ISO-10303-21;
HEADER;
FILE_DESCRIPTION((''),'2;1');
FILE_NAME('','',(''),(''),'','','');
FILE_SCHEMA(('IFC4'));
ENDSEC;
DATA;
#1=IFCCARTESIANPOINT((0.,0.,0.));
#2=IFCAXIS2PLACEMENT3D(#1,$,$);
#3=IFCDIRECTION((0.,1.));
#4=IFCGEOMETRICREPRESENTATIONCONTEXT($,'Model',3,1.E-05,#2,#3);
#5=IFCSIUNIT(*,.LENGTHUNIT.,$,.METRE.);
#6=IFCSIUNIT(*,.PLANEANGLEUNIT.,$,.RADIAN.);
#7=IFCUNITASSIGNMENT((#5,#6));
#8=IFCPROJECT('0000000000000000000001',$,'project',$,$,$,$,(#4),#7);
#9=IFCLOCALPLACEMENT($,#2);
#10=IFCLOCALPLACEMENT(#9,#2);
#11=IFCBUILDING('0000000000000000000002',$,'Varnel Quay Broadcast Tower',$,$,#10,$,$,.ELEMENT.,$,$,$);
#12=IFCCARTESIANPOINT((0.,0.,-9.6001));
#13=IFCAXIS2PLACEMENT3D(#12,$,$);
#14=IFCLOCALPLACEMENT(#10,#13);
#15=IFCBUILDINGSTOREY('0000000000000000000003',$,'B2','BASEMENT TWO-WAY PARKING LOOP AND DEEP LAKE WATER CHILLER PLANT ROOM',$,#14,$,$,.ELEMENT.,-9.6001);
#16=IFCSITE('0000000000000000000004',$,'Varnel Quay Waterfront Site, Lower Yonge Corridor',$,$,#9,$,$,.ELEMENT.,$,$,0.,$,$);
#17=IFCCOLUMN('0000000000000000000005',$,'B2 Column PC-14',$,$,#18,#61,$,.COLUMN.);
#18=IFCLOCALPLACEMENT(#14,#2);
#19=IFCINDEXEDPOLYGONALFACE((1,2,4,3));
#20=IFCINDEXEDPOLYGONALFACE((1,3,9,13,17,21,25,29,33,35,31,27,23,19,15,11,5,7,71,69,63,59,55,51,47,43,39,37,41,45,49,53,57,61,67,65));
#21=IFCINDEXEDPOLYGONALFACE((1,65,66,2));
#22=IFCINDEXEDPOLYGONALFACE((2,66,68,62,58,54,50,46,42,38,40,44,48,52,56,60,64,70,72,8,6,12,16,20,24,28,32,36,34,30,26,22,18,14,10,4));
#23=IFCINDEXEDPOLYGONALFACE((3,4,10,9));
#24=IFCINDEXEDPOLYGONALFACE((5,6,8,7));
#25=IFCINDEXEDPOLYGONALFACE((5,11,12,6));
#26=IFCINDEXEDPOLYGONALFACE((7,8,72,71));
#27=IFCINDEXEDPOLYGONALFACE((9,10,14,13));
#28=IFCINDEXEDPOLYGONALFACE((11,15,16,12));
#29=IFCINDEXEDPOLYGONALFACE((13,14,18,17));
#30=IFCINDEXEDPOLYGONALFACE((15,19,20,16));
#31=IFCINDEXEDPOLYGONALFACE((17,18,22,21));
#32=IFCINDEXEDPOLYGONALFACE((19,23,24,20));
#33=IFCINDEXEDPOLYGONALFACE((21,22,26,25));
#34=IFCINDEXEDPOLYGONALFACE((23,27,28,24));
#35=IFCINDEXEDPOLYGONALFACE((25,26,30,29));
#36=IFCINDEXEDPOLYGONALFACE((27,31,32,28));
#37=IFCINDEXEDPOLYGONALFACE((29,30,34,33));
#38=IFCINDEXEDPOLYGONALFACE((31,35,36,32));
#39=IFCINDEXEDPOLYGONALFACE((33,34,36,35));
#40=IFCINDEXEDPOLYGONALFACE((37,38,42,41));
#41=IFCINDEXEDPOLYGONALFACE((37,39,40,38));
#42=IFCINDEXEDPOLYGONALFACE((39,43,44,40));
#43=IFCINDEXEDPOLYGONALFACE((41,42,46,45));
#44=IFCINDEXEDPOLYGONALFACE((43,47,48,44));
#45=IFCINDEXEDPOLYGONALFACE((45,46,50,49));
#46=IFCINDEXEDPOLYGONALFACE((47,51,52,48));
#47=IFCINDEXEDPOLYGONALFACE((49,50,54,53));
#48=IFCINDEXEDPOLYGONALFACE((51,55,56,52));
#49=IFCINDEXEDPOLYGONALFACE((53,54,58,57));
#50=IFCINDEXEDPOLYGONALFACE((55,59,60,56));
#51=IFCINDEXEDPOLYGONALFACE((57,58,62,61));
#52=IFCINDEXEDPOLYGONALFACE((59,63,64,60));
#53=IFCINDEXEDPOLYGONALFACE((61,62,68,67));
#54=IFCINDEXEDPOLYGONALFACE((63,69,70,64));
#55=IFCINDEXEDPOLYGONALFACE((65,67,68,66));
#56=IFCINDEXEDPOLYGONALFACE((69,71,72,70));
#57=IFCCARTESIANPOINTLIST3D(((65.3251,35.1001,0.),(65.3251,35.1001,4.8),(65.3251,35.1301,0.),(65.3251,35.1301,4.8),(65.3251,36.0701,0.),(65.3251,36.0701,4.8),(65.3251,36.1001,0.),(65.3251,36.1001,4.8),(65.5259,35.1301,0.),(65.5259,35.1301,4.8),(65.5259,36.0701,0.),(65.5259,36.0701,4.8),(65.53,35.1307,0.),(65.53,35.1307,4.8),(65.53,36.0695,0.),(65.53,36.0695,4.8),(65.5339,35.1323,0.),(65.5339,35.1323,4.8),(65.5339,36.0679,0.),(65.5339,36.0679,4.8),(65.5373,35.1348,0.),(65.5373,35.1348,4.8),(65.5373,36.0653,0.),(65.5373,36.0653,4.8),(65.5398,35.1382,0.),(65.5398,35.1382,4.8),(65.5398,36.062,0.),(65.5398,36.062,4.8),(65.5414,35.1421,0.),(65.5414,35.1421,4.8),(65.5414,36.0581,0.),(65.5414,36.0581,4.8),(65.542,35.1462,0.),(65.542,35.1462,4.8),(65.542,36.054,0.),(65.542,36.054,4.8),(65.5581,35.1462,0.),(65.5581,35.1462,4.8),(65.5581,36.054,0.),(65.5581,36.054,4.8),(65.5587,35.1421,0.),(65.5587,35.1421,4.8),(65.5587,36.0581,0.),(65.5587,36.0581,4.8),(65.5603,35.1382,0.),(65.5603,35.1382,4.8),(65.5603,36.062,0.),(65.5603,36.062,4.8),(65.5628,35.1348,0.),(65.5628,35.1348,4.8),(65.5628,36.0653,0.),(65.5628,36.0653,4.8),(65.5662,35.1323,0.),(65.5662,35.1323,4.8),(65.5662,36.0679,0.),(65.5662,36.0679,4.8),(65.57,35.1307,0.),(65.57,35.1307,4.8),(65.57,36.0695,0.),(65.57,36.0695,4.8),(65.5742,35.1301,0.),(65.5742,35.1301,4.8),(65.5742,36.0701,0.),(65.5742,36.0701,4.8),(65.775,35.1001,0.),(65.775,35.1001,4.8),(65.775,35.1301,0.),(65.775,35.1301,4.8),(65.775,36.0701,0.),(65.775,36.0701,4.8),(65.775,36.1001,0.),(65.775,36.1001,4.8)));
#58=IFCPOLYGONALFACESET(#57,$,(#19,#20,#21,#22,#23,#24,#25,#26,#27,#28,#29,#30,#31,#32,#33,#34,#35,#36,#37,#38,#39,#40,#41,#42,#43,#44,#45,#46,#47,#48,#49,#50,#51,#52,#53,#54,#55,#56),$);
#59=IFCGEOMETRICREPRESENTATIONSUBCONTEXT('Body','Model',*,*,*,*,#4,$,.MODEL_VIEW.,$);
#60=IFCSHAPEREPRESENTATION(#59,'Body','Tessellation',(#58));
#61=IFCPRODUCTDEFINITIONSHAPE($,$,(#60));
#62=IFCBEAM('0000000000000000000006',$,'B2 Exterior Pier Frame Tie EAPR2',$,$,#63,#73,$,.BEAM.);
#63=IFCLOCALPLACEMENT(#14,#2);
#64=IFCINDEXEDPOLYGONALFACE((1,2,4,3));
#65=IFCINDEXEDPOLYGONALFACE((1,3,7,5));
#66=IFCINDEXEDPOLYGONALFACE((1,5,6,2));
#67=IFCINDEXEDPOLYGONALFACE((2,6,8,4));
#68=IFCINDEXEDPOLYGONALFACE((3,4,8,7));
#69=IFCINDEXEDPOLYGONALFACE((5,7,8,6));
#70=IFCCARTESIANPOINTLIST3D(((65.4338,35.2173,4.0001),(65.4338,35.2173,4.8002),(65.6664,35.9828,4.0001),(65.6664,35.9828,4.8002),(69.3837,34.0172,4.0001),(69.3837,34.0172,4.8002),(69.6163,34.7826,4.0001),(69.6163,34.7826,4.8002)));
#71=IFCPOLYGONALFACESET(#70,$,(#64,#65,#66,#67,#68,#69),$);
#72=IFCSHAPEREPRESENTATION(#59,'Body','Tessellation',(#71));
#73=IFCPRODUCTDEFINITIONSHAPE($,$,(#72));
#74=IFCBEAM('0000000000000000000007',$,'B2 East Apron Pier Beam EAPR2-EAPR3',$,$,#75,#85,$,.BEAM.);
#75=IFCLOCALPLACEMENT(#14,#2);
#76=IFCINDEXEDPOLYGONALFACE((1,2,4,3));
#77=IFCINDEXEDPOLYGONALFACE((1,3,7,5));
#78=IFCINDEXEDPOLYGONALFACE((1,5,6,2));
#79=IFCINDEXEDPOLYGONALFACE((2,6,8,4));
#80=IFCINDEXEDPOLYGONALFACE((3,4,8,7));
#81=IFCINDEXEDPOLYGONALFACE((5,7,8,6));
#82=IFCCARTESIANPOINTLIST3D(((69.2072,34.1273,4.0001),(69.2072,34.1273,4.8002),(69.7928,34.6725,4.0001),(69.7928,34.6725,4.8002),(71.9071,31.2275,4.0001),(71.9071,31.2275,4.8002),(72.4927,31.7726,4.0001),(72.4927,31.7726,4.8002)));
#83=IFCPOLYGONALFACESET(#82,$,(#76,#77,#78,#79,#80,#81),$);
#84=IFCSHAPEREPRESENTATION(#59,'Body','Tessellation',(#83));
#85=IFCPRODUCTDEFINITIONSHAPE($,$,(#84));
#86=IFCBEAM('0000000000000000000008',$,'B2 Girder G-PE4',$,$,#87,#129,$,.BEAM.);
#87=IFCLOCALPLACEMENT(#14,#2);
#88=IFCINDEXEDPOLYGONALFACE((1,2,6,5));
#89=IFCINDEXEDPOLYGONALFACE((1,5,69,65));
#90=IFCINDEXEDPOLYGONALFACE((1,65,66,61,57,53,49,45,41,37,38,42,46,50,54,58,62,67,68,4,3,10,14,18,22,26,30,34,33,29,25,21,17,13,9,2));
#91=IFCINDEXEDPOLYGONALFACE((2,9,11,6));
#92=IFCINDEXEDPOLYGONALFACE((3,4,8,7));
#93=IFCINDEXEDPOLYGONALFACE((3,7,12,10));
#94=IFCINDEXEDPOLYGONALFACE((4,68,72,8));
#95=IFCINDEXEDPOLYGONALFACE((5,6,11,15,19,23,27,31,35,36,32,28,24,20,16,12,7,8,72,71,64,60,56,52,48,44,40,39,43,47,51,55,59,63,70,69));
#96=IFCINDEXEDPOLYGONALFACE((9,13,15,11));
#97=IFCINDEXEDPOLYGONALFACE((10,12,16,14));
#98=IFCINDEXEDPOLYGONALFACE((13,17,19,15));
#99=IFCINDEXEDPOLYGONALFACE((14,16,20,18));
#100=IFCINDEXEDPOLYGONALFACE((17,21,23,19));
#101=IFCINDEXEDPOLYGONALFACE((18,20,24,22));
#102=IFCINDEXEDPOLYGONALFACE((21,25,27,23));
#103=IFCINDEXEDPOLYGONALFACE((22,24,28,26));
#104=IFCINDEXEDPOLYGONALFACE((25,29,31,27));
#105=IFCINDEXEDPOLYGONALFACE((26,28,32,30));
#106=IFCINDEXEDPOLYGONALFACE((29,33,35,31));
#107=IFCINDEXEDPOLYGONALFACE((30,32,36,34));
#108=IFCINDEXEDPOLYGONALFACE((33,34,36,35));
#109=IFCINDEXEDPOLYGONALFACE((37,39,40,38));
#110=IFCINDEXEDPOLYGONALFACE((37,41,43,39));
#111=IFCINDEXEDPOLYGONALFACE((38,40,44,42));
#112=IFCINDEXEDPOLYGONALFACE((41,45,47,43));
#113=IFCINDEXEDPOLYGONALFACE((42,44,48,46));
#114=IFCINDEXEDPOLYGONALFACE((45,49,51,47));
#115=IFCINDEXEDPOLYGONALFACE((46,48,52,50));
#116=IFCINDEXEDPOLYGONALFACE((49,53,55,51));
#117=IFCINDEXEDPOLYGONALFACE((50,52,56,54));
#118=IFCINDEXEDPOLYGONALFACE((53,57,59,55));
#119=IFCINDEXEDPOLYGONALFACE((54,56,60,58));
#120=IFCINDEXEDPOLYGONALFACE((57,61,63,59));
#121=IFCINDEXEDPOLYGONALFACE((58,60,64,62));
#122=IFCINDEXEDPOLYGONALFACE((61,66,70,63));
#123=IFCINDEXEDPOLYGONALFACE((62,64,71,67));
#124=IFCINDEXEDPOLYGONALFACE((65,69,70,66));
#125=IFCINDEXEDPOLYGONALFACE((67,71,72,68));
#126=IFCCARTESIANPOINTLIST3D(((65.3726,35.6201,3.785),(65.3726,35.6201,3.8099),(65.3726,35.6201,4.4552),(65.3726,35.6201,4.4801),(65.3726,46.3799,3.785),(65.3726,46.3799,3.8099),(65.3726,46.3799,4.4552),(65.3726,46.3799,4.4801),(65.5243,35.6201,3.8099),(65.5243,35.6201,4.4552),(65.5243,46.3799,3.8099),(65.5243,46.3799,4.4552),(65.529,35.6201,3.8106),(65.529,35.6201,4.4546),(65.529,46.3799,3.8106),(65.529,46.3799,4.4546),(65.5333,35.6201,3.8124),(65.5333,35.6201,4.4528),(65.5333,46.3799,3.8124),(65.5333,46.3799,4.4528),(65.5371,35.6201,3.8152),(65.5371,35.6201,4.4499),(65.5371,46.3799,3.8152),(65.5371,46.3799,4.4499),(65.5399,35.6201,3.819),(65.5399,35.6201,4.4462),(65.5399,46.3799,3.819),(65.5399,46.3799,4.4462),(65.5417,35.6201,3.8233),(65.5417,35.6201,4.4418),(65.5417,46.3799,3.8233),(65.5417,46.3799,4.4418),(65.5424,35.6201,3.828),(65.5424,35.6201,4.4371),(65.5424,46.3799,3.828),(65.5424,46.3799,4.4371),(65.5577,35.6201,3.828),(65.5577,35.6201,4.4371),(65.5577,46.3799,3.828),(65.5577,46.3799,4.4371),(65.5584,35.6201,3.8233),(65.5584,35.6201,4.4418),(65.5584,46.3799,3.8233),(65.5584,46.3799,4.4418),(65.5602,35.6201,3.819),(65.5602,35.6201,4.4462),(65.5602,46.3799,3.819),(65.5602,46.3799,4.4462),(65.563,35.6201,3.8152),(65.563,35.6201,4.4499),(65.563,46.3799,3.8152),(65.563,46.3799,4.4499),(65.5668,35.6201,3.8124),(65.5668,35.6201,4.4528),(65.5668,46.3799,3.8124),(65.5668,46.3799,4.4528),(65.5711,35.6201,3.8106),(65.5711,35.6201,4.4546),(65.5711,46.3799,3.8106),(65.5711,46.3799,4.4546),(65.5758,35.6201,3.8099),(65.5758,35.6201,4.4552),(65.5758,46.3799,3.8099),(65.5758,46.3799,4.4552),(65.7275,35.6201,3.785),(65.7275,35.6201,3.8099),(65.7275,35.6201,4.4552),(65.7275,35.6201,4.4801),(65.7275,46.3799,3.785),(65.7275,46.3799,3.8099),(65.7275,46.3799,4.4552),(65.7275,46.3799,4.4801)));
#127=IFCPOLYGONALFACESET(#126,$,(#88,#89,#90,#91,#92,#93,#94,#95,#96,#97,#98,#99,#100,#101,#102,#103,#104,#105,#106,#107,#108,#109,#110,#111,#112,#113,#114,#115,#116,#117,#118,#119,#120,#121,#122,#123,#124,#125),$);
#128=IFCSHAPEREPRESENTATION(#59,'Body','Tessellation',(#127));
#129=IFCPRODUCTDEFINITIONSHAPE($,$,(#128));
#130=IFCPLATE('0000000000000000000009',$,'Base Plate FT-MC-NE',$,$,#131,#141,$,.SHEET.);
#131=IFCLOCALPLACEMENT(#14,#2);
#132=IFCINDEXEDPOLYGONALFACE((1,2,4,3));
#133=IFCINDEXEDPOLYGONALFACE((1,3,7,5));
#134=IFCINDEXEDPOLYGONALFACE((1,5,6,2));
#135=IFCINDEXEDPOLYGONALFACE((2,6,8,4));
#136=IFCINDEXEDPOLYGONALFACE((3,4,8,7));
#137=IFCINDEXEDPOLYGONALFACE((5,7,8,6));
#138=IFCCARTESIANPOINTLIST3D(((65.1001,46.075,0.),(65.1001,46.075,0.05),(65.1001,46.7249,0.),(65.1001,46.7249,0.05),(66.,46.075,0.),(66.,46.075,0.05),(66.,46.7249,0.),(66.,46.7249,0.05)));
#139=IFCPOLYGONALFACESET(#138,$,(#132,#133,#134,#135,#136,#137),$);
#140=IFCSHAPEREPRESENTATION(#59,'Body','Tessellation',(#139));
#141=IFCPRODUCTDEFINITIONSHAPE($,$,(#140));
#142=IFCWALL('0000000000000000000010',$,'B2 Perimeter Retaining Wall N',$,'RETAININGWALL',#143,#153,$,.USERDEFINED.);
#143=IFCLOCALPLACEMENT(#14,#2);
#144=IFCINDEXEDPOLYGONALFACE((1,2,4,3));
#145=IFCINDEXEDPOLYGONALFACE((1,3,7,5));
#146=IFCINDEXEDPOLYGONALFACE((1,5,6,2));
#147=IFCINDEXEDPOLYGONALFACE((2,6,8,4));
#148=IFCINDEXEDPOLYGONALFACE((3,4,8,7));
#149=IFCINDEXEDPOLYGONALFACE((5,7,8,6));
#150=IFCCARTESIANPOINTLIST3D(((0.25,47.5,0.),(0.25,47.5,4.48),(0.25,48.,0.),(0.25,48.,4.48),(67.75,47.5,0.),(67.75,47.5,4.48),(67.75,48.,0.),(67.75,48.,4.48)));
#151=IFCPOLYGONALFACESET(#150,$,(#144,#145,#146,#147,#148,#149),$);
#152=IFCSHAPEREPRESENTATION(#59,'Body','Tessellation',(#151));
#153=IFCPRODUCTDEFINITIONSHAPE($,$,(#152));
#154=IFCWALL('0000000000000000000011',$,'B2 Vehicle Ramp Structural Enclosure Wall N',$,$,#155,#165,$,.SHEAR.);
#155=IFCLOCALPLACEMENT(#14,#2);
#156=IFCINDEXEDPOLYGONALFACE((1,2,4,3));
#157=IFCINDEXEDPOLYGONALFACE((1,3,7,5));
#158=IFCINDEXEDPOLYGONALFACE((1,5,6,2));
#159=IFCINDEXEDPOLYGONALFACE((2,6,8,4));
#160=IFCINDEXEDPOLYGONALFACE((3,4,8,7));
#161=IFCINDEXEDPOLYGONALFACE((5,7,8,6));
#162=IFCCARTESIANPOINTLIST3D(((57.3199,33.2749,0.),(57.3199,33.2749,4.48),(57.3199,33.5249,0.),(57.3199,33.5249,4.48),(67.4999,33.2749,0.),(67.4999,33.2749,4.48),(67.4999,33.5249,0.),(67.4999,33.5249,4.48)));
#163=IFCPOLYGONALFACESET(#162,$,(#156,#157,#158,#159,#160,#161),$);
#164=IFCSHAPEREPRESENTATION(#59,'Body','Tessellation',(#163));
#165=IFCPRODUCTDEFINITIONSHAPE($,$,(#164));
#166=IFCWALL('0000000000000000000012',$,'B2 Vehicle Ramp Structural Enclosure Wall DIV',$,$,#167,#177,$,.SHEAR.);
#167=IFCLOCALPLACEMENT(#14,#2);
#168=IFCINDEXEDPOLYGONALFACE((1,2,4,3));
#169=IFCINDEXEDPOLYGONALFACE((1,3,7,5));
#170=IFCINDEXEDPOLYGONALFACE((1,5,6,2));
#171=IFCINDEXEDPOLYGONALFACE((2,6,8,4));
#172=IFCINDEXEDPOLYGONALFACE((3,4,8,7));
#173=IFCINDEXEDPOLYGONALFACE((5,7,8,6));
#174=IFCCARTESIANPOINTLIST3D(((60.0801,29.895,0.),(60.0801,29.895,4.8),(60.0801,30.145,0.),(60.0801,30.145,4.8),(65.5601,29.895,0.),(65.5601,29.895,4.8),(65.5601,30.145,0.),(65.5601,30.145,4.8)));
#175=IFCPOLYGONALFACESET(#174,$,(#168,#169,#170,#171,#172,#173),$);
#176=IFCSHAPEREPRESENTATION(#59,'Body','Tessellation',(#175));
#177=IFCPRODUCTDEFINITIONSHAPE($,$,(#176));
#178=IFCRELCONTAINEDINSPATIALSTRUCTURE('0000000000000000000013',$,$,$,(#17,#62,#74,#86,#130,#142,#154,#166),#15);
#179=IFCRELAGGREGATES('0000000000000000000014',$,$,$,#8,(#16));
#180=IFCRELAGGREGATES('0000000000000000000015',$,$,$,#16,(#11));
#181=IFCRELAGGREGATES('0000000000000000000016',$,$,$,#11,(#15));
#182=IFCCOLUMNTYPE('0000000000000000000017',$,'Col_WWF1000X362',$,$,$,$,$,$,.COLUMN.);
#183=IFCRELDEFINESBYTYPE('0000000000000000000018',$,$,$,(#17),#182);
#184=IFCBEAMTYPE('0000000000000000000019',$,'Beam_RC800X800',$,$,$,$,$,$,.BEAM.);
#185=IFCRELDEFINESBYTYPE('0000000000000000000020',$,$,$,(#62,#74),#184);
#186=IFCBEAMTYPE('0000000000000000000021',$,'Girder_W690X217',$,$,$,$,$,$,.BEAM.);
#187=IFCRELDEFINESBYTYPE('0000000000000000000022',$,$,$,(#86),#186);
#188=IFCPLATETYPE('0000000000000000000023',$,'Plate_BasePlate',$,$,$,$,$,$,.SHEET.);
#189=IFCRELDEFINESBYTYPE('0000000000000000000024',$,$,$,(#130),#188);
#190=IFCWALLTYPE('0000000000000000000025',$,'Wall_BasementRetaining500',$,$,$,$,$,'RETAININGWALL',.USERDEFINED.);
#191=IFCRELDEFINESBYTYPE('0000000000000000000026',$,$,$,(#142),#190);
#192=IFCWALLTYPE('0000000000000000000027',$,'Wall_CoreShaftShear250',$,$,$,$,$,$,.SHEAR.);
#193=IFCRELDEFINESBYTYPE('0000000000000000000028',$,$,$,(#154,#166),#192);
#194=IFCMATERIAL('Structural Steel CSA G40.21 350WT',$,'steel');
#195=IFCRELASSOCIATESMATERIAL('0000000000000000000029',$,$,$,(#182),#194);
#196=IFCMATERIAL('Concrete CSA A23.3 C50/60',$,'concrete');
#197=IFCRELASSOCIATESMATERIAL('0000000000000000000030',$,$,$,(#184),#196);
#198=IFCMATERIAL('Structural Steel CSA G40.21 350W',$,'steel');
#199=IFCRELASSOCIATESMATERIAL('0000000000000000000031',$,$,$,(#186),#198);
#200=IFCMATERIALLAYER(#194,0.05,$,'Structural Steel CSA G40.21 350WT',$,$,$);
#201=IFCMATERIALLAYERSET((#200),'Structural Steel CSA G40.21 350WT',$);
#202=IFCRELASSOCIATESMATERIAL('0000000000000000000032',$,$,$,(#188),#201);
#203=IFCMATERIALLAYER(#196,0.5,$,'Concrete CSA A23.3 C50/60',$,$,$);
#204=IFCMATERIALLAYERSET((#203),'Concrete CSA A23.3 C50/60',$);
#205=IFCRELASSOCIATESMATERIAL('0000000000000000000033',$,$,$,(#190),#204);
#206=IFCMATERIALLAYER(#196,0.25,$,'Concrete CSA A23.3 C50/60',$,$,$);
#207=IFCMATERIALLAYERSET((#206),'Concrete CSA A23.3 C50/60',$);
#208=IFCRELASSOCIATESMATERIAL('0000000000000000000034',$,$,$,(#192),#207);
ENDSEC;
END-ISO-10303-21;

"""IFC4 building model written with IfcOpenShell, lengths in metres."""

from ifc_helpers import new_model, si_unit, direction, frame, frame_2d, origin, origin_2d, place, context, subcontext, project, spatial, rectangle, i_section, extrude, source, transform, mapped, material, layer, layer_set, material_profile, profile_set, type_object, type_shapes, element, save


model = new_model("IFC4")

# Units and contexts
model_context = context("Model", 3, precision=1e-05, world=origin(), true_north=direction((0.0, 1.0)))
body_context = subcontext(model_context, "Body", "Model", "MODEL_VIEW")
ifc_project = project(units=[si_unit("LENGTHUNIT", "METRE"), si_unit("PLANEANGLEUNIT", "RADIAN")], contexts=[model_context])

# Site, building, storey
site_placement = place(None, origin())
site = spatial("IfcSite", under=ifc_project, at=site_placement, Name="Varnel Quay Waterfront Site, Lower Yonge Corridor", CompositionType="ELEMENT", RefElevation=0.0)
building_placement = place(site_placement, origin())
building = spatial("IfcBuilding", under=site, at=building_placement, Name="Varnel Quay Broadcast Tower", CompositionType="ELEMENT")
storey_placement = place(building_placement, frame((0.0, 0.0, -9.6001)))
storey = spatial("IfcBuildingStorey", under=building, at=storey_placement, Name="B2", Description="BASEMENT TWO-WAY PARKING LOOP AND DEEP LAKE WATER CHILLER PLANT ROOM", CompositionType="ELEMENT", Elevation=-9.6001)

# Shared definitions
ifc_material_1 = material(Name="Concrete CSA A23.3 C50/60", Category="concrete")

# Column
ifc_material_2 = material(Name="Structural Steel CSA G40.21 350WT", Category="steel")
ifc_material_profile_1 = material_profile(ifc_material_2, i_section(OverallWidth=0.45, OverallDepth=1.0, WebThickness=0.0161, FlangeThickness=0.03, FilletRadius=0.0161, at=origin_2d()), Name="WWF1000X362")
ifc_profile_set_1 = profile_set([ifc_material_profile_1], Name="Structural Steel CSA G40.21 350WT")
column_type_1 = type_object("IfcColumnType", Name="Col_WWF1000X362", PredefinedType="COLUMN", material=ifc_profile_set_1)
shared_shape_1 = source(origin(), body_context, "Body", "SweptSolid", [
    extrude(i_section(OverallWidth=0.45, OverallDepth=1.0, WebThickness=0.0161, FlangeThickness=0.03, FilletRadius=0.0161, at=origin_2d()), origin(), (0.0, 0.0, 1.0), 4.8),
])
type_shapes(column_type_1, [shared_shape_1])
column_1_placement = place(storey_placement, frame((65.55, 35.6001, 0.0), z_axis=(0.0, 0.0, 1.0), x_axis=(1.0, 0.0, 0.0)))
element("IfcColumn", 1, at=column_1_placement, inside=storey, type_object=column_type_1, Name="B2 Column PC-14", PredefinedType="COLUMN", context=body_context, shape_type="MappedRepresentation", body=[
    mapped(shared_shape_1, transform((0.0, 0.0, 0.0), x_axis=(1.0, 0.0, 0.0), y_axis=(0.0, 1.0, 0.0), z_axis=(0.0, 0.0, 1.0), scale=1.0)),
])

# Beams
ifc_material_profile_2 = material_profile(ifc_material_1, rectangle(XDim=0.8, YDim=0.8, at=origin_2d()), Name="RC800X800")
ifc_profile_set_2 = profile_set([ifc_material_profile_2], Name="Concrete CSA A23.3 C50/60")
beam_type_1 = type_object("IfcBeamType", Name="Beam_RC800X800", PredefinedType="BEAM", material=ifc_profile_set_2)
shared_shape_2 = source(origin(), body_context, "Body", "SweptSolid", [
    extrude(rectangle(XDim=0.8, YDim=0.8, at=origin_2d()), origin(), (0.0, 0.0, 1.0), 4.1282),
])
beam_1_placement = place(storey_placement, frame((69.5, 34.3999, 4.4001), z_axis=(-0.956806, 0.290726, 0.0), x_axis=(-0.290726, -0.956806, 0.0)))
element("IfcBeam", 2, at=beam_1_placement, inside=storey, type_object=beam_type_1, Name="B2 Exterior Pier Frame Tie EAPR2", PredefinedType="BEAM", context=body_context, shape_type="MappedRepresentation", body=[
    mapped(shared_shape_2, transform((0.0, 0.0, 0.0), x_axis=(1.0, 0.0, 0.0), y_axis=(0.0, 1.0, 0.0), z_axis=(0.0, 0.0, 1.0), scale=1.0)),
])
shared_shape_3 = source(origin(), body_context, "Body", "SweptSolid", [
    extrude(rectangle(XDim=0.8, YDim=0.8, at=origin_2d()), origin(), (0.0, 0.0, 1.0), 3.9622),
])
type_shapes(beam_type_1, [shared_shape_2, shared_shape_3])
beam_2_placement = place(storey_placement, frame((69.5, 34.3999, 4.4001), z_axis=(0.681424, -0.731889, 0.0), x_axis=(0.731889, 0.681424, 0.0)))
element("IfcBeam", 3, at=beam_2_placement, inside=storey, type_object=beam_type_1, Name="B2 East Apron Pier Beam EAPR2-EAPR3", PredefinedType="BEAM", context=body_context, shape_type="MappedRepresentation", body=[
    mapped(shared_shape_3, transform((0.0, 0.0, 0.0), x_axis=(1.0, 0.0, 0.0), y_axis=(0.0, 1.0, 0.0), z_axis=(0.0, 0.0, 1.0), scale=1.0)),
])
ifc_material_3 = material(Name="Structural Steel CSA G40.21 350W", Category="steel")
ifc_material_profile_3 = material_profile(ifc_material_3, i_section(OverallWidth=0.355, OverallDepth=0.6951, WebThickness=0.0154, FlangeThickness=0.0249, FilletRadius=0.0181, at=origin_2d()), Name="W690X217")
ifc_profile_set_3 = profile_set([ifc_material_profile_3], Name="Structural Steel CSA G40.21 350W")
beam_type_2 = type_object("IfcBeamType", Name="Girder_W690X217", PredefinedType="BEAM", material=ifc_profile_set_3)
shared_shape_4 = source(origin(), body_context, "Body", "SweptSolid", [
    extrude(i_section(OverallWidth=0.355, OverallDepth=0.6951, WebThickness=0.0154, FlangeThickness=0.0249, FilletRadius=0.0181, at=origin_2d()), origin(), (0.0, 0.0, 1.0), 10.7598),
])
type_shapes(beam_type_2, [shared_shape_4])
beam_3_placement = place(storey_placement, frame((65.55, 35.6201, 4.1326), z_axis=(0.0, 1.0, 0.0), x_axis=(-1.0, 0.0, 0.0)))
element("IfcBeam", 4, at=beam_3_placement, inside=storey, type_object=beam_type_2, Name="B2 Girder G-PE4", PredefinedType="BEAM", context=body_context, shape_type="MappedRepresentation", body=[
    mapped(shared_shape_4, transform((0.0, 0.0, 0.0), x_axis=(1.0, 0.0, 0.0), y_axis=(0.0, 1.0, 0.0), z_axis=(0.0, 0.0, 1.0), scale=1.0)),
])

# Plate
ifc_layer_1 = layer(ifc_material_2, 0.05, Name="Structural Steel CSA G40.21 350WT")
ifc_layer_set_1 = layer_set([ifc_layer_1], Name="Structural Steel CSA G40.21 350WT")
plate_type = type_object("IfcPlateType", Name="Plate_BasePlate", PredefinedType="SHEET", material=ifc_layer_set_1)
shared_shape_5 = source(origin(), body_context, "Body", "SweptSolid", [
    extrude(rectangle(XDim=0.8999, YDim=0.6499, at=origin_2d()), origin(), (0.0, 0.0, 1.0), 0.05),
])
type_shapes(plate_type, [shared_shape_5])
plate_placement = place(storey_placement, frame((65.55, 46.3999, 0.0), z_axis=(0.0, 0.0, 1.0), x_axis=(1.0, 0.0, 0.0)))
element("IfcPlate", 5, at=plate_placement, inside=storey, type_object=plate_type, Name="Base Plate FT-MC-NE", PredefinedType="SHEET", context=body_context, shape_type="MappedRepresentation", body=[
    mapped(shared_shape_5, transform((0.0, 0.0, 0.0), x_axis=(1.0, 0.0, 0.0), y_axis=(0.0, 1.0, 0.0), z_axis=(0.0, 0.0, 1.0), scale=1.0)),
])

# Walls
ifc_layer_2 = layer(ifc_material_1, 0.5, Name="Concrete CSA A23.3 C50/60")
ifc_layer_set_2 = layer_set([ifc_layer_2], Name="Concrete CSA A23.3 C50/60")
wall_type_1 = type_object("IfcWallType", Name="Wall_BasementRetaining500", ElementType="RETAININGWALL", PredefinedType="USERDEFINED", material=ifc_layer_set_2)
wall_1_placement = place(storey_placement, frame((67.75, 47.75, 0.0), z_axis=(0.0, 0.0, 1.0), x_axis=(-1.0, 0.0, 0.0)))
element("IfcWall", 6, at=wall_1_placement, inside=storey, type_object=wall_type_1, Name="B2 Perimeter Retaining Wall N", ObjectType="RETAININGWALL", PredefinedType="USERDEFINED", context=body_context, shape_type="SweptSolid", body=[
    extrude(rectangle(XDim=67.5, YDim=0.5, at=frame_2d((33.75, 0.0))), origin(), (0.0, 0.0, 1.0), 4.48),
])
ifc_layer_3 = layer(ifc_material_1, 0.25, Name="Concrete CSA A23.3 C50/60")
ifc_layer_set_3 = layer_set([ifc_layer_3], Name="Concrete CSA A23.3 C50/60")
wall_type_2 = type_object("IfcWallType", Name="Wall_CoreShaftShear250", PredefinedType="SHEAR", material=ifc_layer_set_3)
wall_2_placement = place(storey_placement, frame((57.3201, 33.3999, 0.0), z_axis=(0.0, 0.0, 1.0), x_axis=(1.0, 0.0, 0.0)))
element("IfcWall", 7, at=wall_2_placement, inside=storey, type_object=wall_type_2, Name="B2 Vehicle Ramp Structural Enclosure Wall N", PredefinedType="SHEAR", context=body_context, shape_type="SweptSolid", body=[
    extrude(rectangle(XDim=10.1799, YDim=0.25, at=frame_2d((5.0898, 0.0))), origin(), (0.0, 0.0, 1.0), 4.48),
])
wall_3_placement = place(storey_placement, frame((60.0801, 30.02, 0.0), z_axis=(0.0, 0.0, 1.0), x_axis=(1.0, 0.0, 0.0)))
element("IfcWall", 8, at=wall_3_placement, inside=storey, type_object=wall_type_2, Name="B2 Vehicle Ramp Structural Enclosure Wall DIV", PredefinedType="SHEAR", context=body_context, shape_type="SweptSolid", body=[
    extrude(rectangle(XDim=5.48, YDim=0.25, at=frame_2d((2.74, 0.0))), origin(), (0.0, 0.0, 1.0), 4.8),
])

save(model, "model.ifc")
